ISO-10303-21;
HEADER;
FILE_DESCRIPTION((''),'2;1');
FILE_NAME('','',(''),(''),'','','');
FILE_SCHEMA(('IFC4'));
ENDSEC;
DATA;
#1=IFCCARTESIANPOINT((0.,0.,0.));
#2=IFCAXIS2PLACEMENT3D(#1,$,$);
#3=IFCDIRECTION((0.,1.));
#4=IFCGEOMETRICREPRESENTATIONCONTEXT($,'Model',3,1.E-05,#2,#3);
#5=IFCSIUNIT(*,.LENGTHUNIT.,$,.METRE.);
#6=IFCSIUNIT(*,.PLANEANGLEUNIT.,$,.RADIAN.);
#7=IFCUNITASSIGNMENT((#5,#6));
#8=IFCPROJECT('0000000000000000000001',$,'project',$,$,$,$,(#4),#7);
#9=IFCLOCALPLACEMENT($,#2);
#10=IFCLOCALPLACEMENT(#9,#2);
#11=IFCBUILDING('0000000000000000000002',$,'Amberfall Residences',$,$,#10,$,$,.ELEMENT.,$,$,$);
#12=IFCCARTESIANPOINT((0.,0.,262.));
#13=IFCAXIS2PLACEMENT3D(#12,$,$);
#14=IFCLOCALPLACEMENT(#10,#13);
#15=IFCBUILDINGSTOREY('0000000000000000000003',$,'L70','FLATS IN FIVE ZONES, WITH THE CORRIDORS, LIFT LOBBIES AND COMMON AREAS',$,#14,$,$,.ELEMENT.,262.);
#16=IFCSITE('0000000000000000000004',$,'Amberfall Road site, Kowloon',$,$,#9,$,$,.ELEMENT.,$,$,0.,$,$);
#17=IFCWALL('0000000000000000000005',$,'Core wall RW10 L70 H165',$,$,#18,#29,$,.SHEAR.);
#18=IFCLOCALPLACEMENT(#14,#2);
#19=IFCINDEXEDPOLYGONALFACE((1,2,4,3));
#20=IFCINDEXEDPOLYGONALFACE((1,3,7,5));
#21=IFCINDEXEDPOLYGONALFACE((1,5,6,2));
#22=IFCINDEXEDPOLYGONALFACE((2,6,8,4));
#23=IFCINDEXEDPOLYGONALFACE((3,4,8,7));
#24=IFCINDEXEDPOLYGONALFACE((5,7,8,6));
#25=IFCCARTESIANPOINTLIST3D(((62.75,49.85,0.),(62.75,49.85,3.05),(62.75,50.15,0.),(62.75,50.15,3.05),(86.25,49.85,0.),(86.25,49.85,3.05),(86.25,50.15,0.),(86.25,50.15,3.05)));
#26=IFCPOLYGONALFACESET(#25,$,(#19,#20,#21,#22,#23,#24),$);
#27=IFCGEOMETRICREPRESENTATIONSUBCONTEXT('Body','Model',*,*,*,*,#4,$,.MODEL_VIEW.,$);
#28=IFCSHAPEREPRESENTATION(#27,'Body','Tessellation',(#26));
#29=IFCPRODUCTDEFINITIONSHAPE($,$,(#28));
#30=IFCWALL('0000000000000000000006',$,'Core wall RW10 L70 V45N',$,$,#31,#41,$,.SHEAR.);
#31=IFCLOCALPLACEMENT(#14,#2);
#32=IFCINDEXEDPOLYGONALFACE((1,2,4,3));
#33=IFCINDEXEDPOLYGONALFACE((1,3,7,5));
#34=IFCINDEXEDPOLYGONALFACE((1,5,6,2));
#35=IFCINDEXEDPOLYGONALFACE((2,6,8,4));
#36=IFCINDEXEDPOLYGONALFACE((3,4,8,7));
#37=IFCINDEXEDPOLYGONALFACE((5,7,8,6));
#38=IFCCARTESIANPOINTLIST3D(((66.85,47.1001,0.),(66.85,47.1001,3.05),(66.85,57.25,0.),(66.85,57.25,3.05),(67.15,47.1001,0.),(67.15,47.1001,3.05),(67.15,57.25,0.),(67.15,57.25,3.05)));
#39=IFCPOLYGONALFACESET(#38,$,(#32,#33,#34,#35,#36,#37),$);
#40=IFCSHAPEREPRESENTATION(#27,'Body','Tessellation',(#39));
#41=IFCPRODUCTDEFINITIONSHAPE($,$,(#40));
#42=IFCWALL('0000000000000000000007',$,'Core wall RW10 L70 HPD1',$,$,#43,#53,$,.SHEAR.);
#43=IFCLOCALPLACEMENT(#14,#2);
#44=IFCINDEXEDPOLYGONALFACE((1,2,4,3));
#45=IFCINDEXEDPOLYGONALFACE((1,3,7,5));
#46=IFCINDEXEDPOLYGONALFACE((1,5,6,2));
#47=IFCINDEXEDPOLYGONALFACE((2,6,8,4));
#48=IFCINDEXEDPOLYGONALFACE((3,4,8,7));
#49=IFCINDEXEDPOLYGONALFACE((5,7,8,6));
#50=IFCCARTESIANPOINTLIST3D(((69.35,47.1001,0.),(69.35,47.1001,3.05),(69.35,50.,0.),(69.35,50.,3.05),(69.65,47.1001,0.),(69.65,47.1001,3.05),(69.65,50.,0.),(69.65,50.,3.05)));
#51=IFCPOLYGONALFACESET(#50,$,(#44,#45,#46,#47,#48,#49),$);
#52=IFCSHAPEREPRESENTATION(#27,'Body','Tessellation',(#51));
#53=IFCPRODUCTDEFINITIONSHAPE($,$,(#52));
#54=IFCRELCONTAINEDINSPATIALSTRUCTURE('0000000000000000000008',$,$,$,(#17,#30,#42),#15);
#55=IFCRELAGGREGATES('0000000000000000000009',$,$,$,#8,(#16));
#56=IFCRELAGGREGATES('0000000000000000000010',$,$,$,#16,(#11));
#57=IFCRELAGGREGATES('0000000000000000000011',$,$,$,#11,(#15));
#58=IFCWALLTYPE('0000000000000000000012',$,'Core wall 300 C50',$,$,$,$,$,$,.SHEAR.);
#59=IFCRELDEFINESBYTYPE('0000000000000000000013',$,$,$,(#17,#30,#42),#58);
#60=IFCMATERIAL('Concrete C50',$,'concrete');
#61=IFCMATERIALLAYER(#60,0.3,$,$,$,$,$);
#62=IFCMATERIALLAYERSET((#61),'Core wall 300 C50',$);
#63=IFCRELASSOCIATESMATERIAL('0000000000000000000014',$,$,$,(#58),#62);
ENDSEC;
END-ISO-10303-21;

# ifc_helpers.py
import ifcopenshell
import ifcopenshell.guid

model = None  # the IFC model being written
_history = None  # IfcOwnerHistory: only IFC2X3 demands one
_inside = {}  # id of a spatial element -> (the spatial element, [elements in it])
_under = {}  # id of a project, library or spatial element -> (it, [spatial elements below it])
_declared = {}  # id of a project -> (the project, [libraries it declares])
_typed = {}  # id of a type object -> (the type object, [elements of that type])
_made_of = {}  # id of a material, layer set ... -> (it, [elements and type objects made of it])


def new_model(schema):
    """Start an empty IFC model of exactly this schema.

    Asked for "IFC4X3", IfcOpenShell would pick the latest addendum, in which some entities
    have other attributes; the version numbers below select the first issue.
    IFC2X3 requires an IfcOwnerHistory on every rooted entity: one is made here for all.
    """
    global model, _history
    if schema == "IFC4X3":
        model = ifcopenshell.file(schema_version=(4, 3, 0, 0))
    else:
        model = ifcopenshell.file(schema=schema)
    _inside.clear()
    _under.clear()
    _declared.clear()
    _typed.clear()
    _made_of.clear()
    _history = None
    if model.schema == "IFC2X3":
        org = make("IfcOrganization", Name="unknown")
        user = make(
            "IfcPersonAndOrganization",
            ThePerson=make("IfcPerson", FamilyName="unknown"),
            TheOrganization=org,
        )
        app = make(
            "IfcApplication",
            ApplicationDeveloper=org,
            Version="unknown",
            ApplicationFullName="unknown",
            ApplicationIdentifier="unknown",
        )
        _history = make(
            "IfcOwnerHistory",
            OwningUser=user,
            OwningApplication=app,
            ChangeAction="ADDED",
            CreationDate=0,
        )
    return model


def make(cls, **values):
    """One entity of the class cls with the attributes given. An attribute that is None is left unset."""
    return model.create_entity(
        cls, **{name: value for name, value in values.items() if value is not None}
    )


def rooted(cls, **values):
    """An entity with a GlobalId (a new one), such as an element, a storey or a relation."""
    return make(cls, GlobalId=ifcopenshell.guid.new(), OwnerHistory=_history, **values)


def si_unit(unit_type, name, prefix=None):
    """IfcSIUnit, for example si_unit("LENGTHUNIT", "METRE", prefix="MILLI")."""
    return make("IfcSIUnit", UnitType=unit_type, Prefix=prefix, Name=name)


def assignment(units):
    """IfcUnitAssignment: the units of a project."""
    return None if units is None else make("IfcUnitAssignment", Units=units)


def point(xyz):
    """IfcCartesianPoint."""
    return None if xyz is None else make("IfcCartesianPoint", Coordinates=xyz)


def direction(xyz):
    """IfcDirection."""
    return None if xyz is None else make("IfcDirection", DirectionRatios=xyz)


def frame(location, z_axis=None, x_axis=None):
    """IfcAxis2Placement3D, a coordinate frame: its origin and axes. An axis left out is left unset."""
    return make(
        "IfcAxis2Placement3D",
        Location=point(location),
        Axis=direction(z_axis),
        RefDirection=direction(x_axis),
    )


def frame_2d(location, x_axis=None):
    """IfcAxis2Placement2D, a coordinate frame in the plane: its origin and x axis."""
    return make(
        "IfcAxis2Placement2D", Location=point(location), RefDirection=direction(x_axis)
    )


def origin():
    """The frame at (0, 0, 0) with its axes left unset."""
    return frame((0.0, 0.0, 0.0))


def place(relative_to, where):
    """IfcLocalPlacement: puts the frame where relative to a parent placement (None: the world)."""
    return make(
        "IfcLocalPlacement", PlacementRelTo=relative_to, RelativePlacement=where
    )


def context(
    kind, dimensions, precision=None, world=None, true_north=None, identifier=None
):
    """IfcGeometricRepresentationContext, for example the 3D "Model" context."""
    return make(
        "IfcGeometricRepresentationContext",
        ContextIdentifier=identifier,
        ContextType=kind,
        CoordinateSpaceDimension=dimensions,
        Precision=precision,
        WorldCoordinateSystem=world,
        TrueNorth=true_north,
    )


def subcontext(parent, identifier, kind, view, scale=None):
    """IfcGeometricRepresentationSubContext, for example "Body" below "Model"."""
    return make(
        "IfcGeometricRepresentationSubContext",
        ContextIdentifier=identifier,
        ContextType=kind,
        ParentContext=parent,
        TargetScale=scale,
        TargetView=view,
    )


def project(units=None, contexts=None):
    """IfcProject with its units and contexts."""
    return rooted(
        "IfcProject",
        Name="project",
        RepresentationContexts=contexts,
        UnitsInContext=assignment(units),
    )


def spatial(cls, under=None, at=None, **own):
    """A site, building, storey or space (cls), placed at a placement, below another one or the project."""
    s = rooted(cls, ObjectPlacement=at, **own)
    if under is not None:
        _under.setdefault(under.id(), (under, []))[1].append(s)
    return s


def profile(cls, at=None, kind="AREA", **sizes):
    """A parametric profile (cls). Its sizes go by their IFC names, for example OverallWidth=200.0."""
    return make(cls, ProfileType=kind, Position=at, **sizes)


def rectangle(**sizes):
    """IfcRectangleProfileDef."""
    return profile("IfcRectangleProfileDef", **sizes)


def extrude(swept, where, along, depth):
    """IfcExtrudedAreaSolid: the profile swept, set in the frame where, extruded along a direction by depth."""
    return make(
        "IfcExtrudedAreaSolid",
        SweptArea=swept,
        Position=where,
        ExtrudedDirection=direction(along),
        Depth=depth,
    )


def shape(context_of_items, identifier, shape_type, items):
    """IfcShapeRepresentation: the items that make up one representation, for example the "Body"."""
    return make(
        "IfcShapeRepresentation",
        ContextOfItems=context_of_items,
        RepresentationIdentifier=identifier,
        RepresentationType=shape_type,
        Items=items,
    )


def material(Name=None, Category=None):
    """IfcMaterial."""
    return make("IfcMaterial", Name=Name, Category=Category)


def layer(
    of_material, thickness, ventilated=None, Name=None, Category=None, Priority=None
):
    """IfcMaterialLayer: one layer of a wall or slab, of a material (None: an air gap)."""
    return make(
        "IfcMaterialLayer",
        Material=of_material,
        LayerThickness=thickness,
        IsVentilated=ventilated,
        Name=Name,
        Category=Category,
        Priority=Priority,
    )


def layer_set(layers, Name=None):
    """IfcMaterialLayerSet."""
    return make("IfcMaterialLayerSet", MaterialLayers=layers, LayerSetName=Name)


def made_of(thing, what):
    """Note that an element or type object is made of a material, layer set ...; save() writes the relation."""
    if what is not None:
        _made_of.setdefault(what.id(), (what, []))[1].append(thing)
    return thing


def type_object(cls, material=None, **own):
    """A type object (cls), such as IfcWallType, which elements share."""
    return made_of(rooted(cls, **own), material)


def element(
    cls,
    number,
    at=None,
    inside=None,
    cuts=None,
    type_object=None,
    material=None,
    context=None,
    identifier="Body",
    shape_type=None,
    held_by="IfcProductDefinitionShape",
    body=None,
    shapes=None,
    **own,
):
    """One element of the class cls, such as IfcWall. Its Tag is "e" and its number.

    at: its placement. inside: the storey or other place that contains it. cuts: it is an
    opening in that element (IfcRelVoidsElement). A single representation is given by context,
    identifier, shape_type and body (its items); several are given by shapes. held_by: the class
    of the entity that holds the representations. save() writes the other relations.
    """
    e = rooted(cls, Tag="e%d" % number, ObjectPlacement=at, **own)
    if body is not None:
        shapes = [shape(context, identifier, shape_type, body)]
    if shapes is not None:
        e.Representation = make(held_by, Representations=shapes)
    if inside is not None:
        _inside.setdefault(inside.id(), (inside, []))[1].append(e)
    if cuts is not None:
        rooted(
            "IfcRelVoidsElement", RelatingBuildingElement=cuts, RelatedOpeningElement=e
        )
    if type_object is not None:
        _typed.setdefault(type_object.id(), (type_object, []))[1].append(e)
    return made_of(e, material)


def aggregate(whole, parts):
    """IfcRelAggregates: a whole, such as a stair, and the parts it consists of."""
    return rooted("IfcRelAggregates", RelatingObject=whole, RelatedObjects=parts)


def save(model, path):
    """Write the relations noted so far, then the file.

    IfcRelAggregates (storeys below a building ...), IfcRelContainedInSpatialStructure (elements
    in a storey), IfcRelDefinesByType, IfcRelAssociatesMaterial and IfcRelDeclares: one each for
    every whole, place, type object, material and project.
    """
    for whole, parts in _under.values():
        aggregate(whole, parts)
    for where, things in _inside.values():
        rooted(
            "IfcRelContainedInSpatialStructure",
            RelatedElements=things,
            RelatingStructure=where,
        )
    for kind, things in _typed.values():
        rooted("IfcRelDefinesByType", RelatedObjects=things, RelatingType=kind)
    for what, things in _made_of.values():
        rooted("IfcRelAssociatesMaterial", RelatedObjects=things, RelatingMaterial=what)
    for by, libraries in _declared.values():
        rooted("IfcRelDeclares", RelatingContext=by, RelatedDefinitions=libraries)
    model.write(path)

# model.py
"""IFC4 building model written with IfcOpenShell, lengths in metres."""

from ifc_helpers import new_model, si_unit, direction, frame, frame_2d, origin, place, context, subcontext, project, spatial, rectangle, extrude, material, layer, layer_set, type_object, element, save


model = new_model("IFC4")

# Units and contexts
model_context = context("Model", 3, precision=1e-05, world=origin(), true_north=direction((0.0, 1.0)))
body_context = subcontext(model_context, "Body", "Model", "MODEL_VIEW")
ifc_project = project(units=[si_unit("LENGTHUNIT", "METRE"), si_unit("PLANEANGLEUNIT", "RADIAN")], contexts=[model_context])

# Site, building, storey
site_placement = place(None, origin())
site = spatial("IfcSite", under=ifc_project, at=site_placement, Name="Amberfall Road site, Kowloon", CompositionType="ELEMENT", RefElevation=0.0)
building_placement = place(site_placement, origin())
building = spatial("IfcBuilding", under=site, at=building_placement, Name="Amberfall Residences", CompositionType="ELEMENT")
storey_placement = place(building_placement, frame((0.0, 0.0, 262.0)))
storey = spatial("IfcBuildingStorey", under=building, at=storey_placement, Name="L70", Description="FLATS IN FIVE ZONES, WITH THE CORRIDORS, LIFT LOBBIES AND COMMON AREAS", CompositionType="ELEMENT", Elevation=262.0)

# Shared definitions
ifc_material_1 = material(Name="Concrete C50", Category="concrete")
ifc_layer = layer(ifc_material_1, 0.3)
ifc_layer_set = layer_set([ifc_layer], Name="Core wall 300 C50")
wall_type = type_object("IfcWallType", Name="Core wall 300 C50", PredefinedType="SHEAR", material=ifc_layer_set)

# Walls
wall_1_placement = place(storey_placement, frame((62.75, 50.0, 0.0), z_axis=(0.0, 0.0, 1.0), x_axis=(1.0, 0.0, 0.0)))
element("IfcWall", 1, at=wall_1_placement, inside=storey, type_object=wall_type, Name="Core wall RW10 L70 H165", PredefinedType="SHEAR", context=body_context, shape_type="SweptSolid", body=[
    extrude(rectangle(XDim=23.5, YDim=0.3, at=frame_2d((11.75, 0.0))), origin(), (0.0, 0.0, 1.0), 3.05),
])
wall_2_placement = place(storey_placement, frame((67.0, 47.1001, 0.0), z_axis=(0.0, 0.0, 1.0), x_axis=(0.0, 1.0, 0.0)))
element("IfcWall", 2, at=wall_2_placement, inside=storey, type_object=wall_type, Name="Core wall RW10 L70 V45N", PredefinedType="SHEAR", context=body_context, shape_type="SweptSolid", body=[
    extrude(rectangle(XDim=10.1499, YDim=0.3, at=frame_2d((5.075, 0.0))), origin(), (0.0, 0.0, 1.0), 3.05),
])
wall_3_placement = place(storey_placement, frame((69.5, 47.1001, 0.0), z_axis=(0.0, 0.0, 1.0), x_axis=(0.0, 1.0, 0.0)))
element("IfcWall", 3, at=wall_3_placement, inside=storey, type_object=wall_type, Name="Core wall RW10 L70 HPD1", PredefinedType="SHEAR", context=body_context, shape_type="SweptSolid", body=[
    extrude(rectangle(XDim=2.8999, YDim=0.3, at=frame_2d((1.45, 0.0))), origin(), (0.0, 0.0, 1.0), 3.05),
])

save(model, "model.ifc")
